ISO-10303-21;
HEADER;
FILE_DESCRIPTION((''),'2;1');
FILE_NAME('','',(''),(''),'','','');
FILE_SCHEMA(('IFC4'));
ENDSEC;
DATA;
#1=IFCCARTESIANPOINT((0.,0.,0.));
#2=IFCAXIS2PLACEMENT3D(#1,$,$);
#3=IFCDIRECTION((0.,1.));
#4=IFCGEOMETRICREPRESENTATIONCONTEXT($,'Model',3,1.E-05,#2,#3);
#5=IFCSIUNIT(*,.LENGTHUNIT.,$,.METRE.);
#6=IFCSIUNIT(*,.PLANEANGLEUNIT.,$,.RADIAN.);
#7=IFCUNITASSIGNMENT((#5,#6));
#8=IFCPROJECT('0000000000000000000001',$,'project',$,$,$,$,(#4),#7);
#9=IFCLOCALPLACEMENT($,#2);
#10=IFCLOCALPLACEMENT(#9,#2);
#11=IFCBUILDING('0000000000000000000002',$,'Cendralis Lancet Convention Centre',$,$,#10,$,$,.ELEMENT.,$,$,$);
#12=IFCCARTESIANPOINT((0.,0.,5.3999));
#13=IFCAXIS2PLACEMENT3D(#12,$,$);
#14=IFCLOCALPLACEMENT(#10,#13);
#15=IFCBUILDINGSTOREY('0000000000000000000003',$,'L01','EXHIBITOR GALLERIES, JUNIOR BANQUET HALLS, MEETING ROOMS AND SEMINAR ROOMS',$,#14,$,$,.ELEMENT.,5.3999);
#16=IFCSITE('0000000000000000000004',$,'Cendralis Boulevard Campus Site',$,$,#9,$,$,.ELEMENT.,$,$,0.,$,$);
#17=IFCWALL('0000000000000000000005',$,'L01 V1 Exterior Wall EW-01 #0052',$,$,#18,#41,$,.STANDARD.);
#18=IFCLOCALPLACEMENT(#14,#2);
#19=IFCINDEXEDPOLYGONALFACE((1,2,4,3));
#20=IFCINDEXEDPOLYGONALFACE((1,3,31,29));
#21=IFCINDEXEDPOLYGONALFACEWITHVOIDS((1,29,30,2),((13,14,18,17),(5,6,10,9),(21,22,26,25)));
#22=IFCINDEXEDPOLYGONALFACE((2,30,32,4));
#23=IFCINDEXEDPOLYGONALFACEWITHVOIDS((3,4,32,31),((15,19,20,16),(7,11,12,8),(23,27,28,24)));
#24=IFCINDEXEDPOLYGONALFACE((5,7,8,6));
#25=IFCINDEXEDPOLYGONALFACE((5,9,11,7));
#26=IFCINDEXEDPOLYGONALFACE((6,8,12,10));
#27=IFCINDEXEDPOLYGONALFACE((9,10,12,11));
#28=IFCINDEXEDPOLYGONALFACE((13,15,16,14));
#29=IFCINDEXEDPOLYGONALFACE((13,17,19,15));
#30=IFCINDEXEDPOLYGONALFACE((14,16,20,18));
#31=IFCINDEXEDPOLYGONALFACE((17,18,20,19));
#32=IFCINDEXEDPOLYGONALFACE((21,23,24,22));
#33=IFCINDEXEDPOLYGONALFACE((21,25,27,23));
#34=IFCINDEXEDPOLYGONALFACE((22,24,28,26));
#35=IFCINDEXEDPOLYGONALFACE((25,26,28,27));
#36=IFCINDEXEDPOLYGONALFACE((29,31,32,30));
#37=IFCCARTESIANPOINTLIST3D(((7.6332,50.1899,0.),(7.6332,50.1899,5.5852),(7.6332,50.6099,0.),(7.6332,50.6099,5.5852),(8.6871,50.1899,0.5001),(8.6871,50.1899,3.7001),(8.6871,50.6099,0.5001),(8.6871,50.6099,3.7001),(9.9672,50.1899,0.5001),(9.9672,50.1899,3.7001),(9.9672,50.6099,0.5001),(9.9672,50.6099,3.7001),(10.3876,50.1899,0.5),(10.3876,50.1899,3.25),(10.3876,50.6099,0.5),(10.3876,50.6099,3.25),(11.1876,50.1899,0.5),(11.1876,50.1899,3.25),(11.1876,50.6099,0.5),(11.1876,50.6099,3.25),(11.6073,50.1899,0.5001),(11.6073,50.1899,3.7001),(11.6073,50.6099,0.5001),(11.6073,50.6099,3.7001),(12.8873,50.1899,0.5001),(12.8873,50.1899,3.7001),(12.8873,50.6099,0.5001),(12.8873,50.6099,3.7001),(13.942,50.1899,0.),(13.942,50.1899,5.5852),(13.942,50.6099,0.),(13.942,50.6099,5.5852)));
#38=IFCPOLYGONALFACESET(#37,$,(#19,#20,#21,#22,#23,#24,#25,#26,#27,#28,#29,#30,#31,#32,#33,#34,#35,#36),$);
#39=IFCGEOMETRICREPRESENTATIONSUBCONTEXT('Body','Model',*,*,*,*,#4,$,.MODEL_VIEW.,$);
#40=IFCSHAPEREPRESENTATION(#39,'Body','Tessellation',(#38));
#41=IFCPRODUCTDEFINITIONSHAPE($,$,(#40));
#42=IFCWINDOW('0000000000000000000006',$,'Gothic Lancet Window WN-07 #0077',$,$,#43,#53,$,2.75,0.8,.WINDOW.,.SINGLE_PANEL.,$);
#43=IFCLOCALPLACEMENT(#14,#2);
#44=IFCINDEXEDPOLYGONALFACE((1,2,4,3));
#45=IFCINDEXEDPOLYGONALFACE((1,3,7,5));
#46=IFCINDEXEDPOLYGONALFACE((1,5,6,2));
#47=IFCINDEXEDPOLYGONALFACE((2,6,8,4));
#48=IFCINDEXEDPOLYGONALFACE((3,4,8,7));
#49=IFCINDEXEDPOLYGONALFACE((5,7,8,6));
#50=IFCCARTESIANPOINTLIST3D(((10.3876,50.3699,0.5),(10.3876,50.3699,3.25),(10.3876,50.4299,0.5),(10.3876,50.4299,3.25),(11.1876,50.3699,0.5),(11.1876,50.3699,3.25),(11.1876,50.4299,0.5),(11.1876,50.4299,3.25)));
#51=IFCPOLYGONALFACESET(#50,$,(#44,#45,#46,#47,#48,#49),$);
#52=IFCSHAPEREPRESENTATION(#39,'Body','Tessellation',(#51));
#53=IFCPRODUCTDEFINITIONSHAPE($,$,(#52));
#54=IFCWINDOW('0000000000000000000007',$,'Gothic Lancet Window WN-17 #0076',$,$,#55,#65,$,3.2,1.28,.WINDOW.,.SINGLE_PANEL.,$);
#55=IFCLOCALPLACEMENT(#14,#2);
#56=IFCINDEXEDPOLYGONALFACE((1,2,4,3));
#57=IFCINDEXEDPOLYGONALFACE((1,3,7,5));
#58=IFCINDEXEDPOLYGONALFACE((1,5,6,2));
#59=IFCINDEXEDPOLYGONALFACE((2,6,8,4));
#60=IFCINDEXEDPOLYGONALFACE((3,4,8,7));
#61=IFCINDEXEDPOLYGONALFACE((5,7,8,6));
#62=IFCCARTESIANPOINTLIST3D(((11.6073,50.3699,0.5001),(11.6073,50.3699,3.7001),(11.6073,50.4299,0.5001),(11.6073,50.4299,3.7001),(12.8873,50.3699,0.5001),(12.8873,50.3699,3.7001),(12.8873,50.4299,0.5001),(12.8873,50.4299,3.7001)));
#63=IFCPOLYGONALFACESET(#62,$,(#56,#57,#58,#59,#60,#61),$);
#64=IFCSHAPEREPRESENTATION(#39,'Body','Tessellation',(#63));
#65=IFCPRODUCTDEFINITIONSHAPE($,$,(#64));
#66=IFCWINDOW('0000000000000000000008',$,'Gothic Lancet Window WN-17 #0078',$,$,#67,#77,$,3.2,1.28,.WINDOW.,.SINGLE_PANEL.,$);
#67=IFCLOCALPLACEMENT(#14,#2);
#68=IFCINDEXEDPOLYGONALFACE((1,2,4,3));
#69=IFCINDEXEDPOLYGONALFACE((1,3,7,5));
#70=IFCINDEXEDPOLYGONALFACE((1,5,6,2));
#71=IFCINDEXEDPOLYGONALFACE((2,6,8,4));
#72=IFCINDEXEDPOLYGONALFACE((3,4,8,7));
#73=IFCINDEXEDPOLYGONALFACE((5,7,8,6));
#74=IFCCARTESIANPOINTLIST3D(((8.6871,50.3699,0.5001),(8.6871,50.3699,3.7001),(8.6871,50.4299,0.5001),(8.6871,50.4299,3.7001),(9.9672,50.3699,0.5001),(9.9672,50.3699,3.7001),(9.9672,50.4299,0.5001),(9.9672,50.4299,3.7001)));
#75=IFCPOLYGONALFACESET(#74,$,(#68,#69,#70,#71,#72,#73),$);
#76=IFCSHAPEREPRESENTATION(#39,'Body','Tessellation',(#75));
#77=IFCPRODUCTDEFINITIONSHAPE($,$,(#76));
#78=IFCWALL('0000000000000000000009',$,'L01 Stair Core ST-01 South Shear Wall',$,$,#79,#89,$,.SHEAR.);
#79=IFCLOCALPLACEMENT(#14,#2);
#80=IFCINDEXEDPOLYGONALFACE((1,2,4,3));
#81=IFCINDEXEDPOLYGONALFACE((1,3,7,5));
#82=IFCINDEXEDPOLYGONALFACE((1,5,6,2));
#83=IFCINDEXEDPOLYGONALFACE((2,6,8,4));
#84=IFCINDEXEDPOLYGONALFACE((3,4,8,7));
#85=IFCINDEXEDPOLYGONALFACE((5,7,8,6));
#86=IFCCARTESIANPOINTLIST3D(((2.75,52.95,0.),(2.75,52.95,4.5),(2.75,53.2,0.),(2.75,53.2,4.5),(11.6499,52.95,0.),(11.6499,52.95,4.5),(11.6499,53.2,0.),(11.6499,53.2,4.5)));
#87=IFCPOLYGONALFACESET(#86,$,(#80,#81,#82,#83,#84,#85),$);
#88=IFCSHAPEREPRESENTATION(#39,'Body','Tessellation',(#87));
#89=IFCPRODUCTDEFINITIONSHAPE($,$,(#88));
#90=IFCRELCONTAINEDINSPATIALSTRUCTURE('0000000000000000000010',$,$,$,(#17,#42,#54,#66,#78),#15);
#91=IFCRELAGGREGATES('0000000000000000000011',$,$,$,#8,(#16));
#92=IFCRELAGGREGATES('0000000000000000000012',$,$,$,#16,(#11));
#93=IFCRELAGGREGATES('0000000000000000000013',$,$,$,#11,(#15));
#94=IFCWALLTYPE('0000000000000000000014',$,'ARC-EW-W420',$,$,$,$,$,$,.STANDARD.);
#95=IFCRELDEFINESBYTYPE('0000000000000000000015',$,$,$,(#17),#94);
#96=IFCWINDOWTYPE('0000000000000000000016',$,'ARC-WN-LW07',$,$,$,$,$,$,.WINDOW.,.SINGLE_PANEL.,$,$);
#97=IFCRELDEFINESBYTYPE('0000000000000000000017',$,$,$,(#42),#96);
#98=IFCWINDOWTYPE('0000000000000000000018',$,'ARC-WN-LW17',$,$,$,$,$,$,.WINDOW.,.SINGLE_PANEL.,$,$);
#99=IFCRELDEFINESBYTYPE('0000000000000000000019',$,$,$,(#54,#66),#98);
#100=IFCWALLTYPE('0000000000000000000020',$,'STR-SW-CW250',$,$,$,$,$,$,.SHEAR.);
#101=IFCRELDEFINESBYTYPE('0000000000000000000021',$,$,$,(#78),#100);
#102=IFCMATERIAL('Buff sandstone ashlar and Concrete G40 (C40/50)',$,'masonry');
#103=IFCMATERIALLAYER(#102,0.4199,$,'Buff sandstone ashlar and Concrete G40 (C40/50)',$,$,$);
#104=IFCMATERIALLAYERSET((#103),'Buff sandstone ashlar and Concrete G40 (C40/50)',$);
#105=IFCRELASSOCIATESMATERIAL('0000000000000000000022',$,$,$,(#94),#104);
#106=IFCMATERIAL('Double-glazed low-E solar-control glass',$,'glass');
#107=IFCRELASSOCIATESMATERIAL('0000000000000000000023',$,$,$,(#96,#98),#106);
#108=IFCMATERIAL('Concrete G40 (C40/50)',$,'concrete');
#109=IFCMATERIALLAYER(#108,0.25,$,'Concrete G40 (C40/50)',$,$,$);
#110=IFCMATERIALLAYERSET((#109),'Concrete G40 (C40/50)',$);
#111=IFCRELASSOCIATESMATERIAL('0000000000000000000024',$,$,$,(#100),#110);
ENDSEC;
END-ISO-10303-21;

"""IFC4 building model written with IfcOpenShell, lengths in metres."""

from ifc_helpers import new_model, si_unit, direction, frame, frame_2d, origin, place, context, subcontext, project, spatial, rectangle, extrude, material, layer, layer_set, type_object, element, fill, save


model = new_model("IFC4")

# Units and contexts
model_context = context("Model", 3, precision=1e-05, world=origin(), true_north=direction((0.0, 1.0)))
body_context = subcontext(model_context, "Body", "Model", "MODEL_VIEW")
ifc_project = project(units=[si_unit("LENGTHUNIT", "METRE"), si_unit("PLANEANGLEUNIT", "RADIAN")], contexts=[model_context])

# Site, building, storey
site_placement = place(None, origin())
site = spatial("IfcSite", under=ifc_project, at=site_placement, Name="Cendralis Boulevard Campus Site", CompositionType="ELEMENT", RefElevation=0.0)
building_placement = place(site_placement, origin())
building = spatial("IfcBuilding", under=site, at=building_placement, Name="Cendralis Lancet Convention Centre", CompositionType="ELEMENT")
storey_placement = place(building_placement, frame((0.0, 0.0, 5.3999)))
storey = spatial("IfcBuildingStorey", under=building, at=storey_placement, Name="L01", Description="EXHIBITOR GALLERIES, JUNIOR BANQUET HALLS, MEETING ROOMS AND SEMINAR ROOMS", CompositionType="ELEMENT", Elevation=5.3999)

# Shared definitions
ifc_material_1 = material(Name="Concrete G40 (C40/50)", Category="concrete")

# Wall, openings, windows
ifc_material_2 = material(Name="Buff sandstone ashlar and Concrete G40 (C40/50)", Category="masonry")
ifc_layer_1 = layer(ifc_material_2, 0.4199, Name="Buff sandstone ashlar and Concrete G40 (C40/50)")
ifc_layer_set_1 = layer_set([ifc_layer_1], Name="Buff sandstone ashlar and Concrete G40 (C40/50)")
wall_type_1 = type_object("IfcWallType", Name="ARC-EW-W420", PredefinedType="STANDARD", material=ifc_layer_set_1)
ifc_material_3 = material(Name="Double-glazed low-E solar-control glass", Category="glass")
wall_1_placement = place(storey_placement, frame((13.9419, 50.3999, 0.0), z_axis=(0.0, 0.0, 1.0), x_axis=(-1.0, 0.0, 0.0)))
wall_1 = element("IfcWall", 1, at=wall_1_placement, inside=storey, type_object=wall_type_1, Name="L01 V1 Exterior Wall EW-01 #0052", PredefinedType="STANDARD", context=body_context, shape_type="SweptSolid", body=[
    extrude(rectangle(XDim=6.3088, YDim=0.4199, at=frame_2d((3.1543, 0.0))), origin(), (0.0, 0.0, 1.0), 5.5852),
])
opening_1_placement = place(wall_1_placement, frame((1.0544, 0.0, 0.5)))
opening_1 = element("IfcOpeningElement", 2, at=opening_1_placement, cuts=wall_1, PredefinedType="OPENING", context=body_context, shape_type="SweptSolid", body=[
    extrude(rectangle(XDim=1.28, YDim=3.2, at=frame_2d((0.6401, 1.6001))), frame((0.0, 0.22, 0.0), z_axis=(0.0, -1.0, 0.0), x_axis=(1.0, 0.0, 0.0)), (0.0, 0.0, 1.0), 0.4399),
])
opening_2_placement = place(wall_1_placement, frame((2.7544, 0.0, 0.5)))
opening_2 = element("IfcOpeningElement", 3, at=opening_2_placement, cuts=wall_1, PredefinedType="OPENING", context=body_context, shape_type="SweptSolid", body=[
    extrude(rectangle(XDim=0.8, YDim=2.75, at=frame_2d((0.3999, 1.375))), frame((0.0, 0.22, 0.0), z_axis=(0.0, -1.0, 0.0), x_axis=(1.0, 0.0, 0.0)), (0.0, 0.0, 1.0), 0.4399),
])
opening_3_placement = place(wall_1_placement, frame((3.9746, 0.0, 0.5)))
opening_3 = element("IfcOpeningElement", 4, at=opening_3_placement, cuts=wall_1, PredefinedType="OPENING", context=body_context, shape_type="SweptSolid", body=[
    extrude(rectangle(XDim=1.28, YDim=3.2, at=frame_2d((0.6401, 1.6001))), frame((0.0, 0.22, 0.0), z_axis=(0.0, -1.0, 0.0), x_axis=(1.0, 0.0, 0.0)), (0.0, 0.0, 1.0), 0.4399),
])
window_type_1 = type_object("IfcWindowType", Name="ARC-WN-LW07", PartitioningType="SINGLE_PANEL", PredefinedType="WINDOW", material=ifc_material_3)
window_1_placement = place(opening_2_placement, origin())
window_1 = element("IfcWindow", 5, at=window_1_placement, inside=storey, type_object=window_type_1, Name="Gothic Lancet Window WN-07 #0077", OverallHeight=2.75, OverallWidth=0.8, PartitioningType="SINGLE_PANEL", PredefinedType="WINDOW", context=body_context, shape_type="SweptSolid", body=[
    extrude(rectangle(XDim=0.8, YDim=2.75, at=frame_2d((0.3999, 1.375))), frame((0.0, 0.03, 0.0), z_axis=(0.0, -1.0, 0.0), x_axis=(1.0, 0.0, 0.0)), (0.0, 0.0, 1.0), 0.0601),
])
fill(opening_2, window_1)
window_type_2 = type_object("IfcWindowType", Name="ARC-WN-LW17", PartitioningType="SINGLE_PANEL", PredefinedType="WINDOW", material=ifc_material_3)
window_2_placement = place(opening_1_placement, origin())
window_2 = element("IfcWindow", 6, at=window_2_placement, inside=storey, type_object=window_type_2, Name="Gothic Lancet Window WN-17 #0076", OverallHeight=3.2, OverallWidth=1.28, PartitioningType="SINGLE_PANEL", PredefinedType="WINDOW", context=body_context, shape_type="SweptSolid", body=[
    extrude(rectangle(XDim=1.28, YDim=3.2, at=frame_2d((0.6401, 1.6001))), frame((0.0, 0.03, 0.0), z_axis=(0.0, -1.0, 0.0), x_axis=(1.0, 0.0, 0.0)), (0.0, 0.0, 1.0), 0.0601),
])
fill(opening_1, window_2)
window_3_placement = place(opening_3_placement, origin())
window_3 = element("IfcWindow", 7, at=window_3_placement, inside=storey, type_object=window_type_2, Name="Gothic Lancet Window WN-17 #0078", OverallHeight=3.2, OverallWidth=1.28, PartitioningType="SINGLE_PANEL", PredefinedType="WINDOW", context=body_context, shape_type="SweptSolid", body=[
    extrude(rectangle(XDim=1.28, YDim=3.2, at=frame_2d((0.6401, 1.6001))), frame((0.0, 0.03, 0.0), z_axis=(0.0, -1.0, 0.0), x_axis=(1.0, 0.0, 0.0)), (0.0, 0.0, 1.0), 0.0601),
])
fill(opening_3, window_3)

# Shared definitions
ifc_layer_2 = layer(ifc_material_1, 0.25, Name="Concrete G40 (C40/50)")
ifc_layer_set_2 = layer_set([ifc_layer_2], Name="Concrete G40 (C40/50)")
wall_type_2 = type_object("IfcWallType", Name="STR-SW-CW250", PredefinedType="SHEAR", material=ifc_layer_set_2)

# Wall
wall_2_placement = place(storey_placement, frame((2.75, 53.075, 0.0), z_axis=(0.0, 0.0, 1.0), x_axis=(1.0, 0.0, 0.0)))
element("IfcWall", 8, at=wall_2_placement, inside=storey, type_object=wall_type_2, Name="L01 Stair Core ST-01 South Shear Wall", PredefinedType="SHEAR", context=body_context, shape_type="SweptSolid", body=[
    extrude(rectangle(XDim=8.8999, YDim=0.25, at=frame_2d((4.45, 0.0))), origin(), (0.0, 0.0, 1.0), 4.5),
])

save(model, "model.ifc")
